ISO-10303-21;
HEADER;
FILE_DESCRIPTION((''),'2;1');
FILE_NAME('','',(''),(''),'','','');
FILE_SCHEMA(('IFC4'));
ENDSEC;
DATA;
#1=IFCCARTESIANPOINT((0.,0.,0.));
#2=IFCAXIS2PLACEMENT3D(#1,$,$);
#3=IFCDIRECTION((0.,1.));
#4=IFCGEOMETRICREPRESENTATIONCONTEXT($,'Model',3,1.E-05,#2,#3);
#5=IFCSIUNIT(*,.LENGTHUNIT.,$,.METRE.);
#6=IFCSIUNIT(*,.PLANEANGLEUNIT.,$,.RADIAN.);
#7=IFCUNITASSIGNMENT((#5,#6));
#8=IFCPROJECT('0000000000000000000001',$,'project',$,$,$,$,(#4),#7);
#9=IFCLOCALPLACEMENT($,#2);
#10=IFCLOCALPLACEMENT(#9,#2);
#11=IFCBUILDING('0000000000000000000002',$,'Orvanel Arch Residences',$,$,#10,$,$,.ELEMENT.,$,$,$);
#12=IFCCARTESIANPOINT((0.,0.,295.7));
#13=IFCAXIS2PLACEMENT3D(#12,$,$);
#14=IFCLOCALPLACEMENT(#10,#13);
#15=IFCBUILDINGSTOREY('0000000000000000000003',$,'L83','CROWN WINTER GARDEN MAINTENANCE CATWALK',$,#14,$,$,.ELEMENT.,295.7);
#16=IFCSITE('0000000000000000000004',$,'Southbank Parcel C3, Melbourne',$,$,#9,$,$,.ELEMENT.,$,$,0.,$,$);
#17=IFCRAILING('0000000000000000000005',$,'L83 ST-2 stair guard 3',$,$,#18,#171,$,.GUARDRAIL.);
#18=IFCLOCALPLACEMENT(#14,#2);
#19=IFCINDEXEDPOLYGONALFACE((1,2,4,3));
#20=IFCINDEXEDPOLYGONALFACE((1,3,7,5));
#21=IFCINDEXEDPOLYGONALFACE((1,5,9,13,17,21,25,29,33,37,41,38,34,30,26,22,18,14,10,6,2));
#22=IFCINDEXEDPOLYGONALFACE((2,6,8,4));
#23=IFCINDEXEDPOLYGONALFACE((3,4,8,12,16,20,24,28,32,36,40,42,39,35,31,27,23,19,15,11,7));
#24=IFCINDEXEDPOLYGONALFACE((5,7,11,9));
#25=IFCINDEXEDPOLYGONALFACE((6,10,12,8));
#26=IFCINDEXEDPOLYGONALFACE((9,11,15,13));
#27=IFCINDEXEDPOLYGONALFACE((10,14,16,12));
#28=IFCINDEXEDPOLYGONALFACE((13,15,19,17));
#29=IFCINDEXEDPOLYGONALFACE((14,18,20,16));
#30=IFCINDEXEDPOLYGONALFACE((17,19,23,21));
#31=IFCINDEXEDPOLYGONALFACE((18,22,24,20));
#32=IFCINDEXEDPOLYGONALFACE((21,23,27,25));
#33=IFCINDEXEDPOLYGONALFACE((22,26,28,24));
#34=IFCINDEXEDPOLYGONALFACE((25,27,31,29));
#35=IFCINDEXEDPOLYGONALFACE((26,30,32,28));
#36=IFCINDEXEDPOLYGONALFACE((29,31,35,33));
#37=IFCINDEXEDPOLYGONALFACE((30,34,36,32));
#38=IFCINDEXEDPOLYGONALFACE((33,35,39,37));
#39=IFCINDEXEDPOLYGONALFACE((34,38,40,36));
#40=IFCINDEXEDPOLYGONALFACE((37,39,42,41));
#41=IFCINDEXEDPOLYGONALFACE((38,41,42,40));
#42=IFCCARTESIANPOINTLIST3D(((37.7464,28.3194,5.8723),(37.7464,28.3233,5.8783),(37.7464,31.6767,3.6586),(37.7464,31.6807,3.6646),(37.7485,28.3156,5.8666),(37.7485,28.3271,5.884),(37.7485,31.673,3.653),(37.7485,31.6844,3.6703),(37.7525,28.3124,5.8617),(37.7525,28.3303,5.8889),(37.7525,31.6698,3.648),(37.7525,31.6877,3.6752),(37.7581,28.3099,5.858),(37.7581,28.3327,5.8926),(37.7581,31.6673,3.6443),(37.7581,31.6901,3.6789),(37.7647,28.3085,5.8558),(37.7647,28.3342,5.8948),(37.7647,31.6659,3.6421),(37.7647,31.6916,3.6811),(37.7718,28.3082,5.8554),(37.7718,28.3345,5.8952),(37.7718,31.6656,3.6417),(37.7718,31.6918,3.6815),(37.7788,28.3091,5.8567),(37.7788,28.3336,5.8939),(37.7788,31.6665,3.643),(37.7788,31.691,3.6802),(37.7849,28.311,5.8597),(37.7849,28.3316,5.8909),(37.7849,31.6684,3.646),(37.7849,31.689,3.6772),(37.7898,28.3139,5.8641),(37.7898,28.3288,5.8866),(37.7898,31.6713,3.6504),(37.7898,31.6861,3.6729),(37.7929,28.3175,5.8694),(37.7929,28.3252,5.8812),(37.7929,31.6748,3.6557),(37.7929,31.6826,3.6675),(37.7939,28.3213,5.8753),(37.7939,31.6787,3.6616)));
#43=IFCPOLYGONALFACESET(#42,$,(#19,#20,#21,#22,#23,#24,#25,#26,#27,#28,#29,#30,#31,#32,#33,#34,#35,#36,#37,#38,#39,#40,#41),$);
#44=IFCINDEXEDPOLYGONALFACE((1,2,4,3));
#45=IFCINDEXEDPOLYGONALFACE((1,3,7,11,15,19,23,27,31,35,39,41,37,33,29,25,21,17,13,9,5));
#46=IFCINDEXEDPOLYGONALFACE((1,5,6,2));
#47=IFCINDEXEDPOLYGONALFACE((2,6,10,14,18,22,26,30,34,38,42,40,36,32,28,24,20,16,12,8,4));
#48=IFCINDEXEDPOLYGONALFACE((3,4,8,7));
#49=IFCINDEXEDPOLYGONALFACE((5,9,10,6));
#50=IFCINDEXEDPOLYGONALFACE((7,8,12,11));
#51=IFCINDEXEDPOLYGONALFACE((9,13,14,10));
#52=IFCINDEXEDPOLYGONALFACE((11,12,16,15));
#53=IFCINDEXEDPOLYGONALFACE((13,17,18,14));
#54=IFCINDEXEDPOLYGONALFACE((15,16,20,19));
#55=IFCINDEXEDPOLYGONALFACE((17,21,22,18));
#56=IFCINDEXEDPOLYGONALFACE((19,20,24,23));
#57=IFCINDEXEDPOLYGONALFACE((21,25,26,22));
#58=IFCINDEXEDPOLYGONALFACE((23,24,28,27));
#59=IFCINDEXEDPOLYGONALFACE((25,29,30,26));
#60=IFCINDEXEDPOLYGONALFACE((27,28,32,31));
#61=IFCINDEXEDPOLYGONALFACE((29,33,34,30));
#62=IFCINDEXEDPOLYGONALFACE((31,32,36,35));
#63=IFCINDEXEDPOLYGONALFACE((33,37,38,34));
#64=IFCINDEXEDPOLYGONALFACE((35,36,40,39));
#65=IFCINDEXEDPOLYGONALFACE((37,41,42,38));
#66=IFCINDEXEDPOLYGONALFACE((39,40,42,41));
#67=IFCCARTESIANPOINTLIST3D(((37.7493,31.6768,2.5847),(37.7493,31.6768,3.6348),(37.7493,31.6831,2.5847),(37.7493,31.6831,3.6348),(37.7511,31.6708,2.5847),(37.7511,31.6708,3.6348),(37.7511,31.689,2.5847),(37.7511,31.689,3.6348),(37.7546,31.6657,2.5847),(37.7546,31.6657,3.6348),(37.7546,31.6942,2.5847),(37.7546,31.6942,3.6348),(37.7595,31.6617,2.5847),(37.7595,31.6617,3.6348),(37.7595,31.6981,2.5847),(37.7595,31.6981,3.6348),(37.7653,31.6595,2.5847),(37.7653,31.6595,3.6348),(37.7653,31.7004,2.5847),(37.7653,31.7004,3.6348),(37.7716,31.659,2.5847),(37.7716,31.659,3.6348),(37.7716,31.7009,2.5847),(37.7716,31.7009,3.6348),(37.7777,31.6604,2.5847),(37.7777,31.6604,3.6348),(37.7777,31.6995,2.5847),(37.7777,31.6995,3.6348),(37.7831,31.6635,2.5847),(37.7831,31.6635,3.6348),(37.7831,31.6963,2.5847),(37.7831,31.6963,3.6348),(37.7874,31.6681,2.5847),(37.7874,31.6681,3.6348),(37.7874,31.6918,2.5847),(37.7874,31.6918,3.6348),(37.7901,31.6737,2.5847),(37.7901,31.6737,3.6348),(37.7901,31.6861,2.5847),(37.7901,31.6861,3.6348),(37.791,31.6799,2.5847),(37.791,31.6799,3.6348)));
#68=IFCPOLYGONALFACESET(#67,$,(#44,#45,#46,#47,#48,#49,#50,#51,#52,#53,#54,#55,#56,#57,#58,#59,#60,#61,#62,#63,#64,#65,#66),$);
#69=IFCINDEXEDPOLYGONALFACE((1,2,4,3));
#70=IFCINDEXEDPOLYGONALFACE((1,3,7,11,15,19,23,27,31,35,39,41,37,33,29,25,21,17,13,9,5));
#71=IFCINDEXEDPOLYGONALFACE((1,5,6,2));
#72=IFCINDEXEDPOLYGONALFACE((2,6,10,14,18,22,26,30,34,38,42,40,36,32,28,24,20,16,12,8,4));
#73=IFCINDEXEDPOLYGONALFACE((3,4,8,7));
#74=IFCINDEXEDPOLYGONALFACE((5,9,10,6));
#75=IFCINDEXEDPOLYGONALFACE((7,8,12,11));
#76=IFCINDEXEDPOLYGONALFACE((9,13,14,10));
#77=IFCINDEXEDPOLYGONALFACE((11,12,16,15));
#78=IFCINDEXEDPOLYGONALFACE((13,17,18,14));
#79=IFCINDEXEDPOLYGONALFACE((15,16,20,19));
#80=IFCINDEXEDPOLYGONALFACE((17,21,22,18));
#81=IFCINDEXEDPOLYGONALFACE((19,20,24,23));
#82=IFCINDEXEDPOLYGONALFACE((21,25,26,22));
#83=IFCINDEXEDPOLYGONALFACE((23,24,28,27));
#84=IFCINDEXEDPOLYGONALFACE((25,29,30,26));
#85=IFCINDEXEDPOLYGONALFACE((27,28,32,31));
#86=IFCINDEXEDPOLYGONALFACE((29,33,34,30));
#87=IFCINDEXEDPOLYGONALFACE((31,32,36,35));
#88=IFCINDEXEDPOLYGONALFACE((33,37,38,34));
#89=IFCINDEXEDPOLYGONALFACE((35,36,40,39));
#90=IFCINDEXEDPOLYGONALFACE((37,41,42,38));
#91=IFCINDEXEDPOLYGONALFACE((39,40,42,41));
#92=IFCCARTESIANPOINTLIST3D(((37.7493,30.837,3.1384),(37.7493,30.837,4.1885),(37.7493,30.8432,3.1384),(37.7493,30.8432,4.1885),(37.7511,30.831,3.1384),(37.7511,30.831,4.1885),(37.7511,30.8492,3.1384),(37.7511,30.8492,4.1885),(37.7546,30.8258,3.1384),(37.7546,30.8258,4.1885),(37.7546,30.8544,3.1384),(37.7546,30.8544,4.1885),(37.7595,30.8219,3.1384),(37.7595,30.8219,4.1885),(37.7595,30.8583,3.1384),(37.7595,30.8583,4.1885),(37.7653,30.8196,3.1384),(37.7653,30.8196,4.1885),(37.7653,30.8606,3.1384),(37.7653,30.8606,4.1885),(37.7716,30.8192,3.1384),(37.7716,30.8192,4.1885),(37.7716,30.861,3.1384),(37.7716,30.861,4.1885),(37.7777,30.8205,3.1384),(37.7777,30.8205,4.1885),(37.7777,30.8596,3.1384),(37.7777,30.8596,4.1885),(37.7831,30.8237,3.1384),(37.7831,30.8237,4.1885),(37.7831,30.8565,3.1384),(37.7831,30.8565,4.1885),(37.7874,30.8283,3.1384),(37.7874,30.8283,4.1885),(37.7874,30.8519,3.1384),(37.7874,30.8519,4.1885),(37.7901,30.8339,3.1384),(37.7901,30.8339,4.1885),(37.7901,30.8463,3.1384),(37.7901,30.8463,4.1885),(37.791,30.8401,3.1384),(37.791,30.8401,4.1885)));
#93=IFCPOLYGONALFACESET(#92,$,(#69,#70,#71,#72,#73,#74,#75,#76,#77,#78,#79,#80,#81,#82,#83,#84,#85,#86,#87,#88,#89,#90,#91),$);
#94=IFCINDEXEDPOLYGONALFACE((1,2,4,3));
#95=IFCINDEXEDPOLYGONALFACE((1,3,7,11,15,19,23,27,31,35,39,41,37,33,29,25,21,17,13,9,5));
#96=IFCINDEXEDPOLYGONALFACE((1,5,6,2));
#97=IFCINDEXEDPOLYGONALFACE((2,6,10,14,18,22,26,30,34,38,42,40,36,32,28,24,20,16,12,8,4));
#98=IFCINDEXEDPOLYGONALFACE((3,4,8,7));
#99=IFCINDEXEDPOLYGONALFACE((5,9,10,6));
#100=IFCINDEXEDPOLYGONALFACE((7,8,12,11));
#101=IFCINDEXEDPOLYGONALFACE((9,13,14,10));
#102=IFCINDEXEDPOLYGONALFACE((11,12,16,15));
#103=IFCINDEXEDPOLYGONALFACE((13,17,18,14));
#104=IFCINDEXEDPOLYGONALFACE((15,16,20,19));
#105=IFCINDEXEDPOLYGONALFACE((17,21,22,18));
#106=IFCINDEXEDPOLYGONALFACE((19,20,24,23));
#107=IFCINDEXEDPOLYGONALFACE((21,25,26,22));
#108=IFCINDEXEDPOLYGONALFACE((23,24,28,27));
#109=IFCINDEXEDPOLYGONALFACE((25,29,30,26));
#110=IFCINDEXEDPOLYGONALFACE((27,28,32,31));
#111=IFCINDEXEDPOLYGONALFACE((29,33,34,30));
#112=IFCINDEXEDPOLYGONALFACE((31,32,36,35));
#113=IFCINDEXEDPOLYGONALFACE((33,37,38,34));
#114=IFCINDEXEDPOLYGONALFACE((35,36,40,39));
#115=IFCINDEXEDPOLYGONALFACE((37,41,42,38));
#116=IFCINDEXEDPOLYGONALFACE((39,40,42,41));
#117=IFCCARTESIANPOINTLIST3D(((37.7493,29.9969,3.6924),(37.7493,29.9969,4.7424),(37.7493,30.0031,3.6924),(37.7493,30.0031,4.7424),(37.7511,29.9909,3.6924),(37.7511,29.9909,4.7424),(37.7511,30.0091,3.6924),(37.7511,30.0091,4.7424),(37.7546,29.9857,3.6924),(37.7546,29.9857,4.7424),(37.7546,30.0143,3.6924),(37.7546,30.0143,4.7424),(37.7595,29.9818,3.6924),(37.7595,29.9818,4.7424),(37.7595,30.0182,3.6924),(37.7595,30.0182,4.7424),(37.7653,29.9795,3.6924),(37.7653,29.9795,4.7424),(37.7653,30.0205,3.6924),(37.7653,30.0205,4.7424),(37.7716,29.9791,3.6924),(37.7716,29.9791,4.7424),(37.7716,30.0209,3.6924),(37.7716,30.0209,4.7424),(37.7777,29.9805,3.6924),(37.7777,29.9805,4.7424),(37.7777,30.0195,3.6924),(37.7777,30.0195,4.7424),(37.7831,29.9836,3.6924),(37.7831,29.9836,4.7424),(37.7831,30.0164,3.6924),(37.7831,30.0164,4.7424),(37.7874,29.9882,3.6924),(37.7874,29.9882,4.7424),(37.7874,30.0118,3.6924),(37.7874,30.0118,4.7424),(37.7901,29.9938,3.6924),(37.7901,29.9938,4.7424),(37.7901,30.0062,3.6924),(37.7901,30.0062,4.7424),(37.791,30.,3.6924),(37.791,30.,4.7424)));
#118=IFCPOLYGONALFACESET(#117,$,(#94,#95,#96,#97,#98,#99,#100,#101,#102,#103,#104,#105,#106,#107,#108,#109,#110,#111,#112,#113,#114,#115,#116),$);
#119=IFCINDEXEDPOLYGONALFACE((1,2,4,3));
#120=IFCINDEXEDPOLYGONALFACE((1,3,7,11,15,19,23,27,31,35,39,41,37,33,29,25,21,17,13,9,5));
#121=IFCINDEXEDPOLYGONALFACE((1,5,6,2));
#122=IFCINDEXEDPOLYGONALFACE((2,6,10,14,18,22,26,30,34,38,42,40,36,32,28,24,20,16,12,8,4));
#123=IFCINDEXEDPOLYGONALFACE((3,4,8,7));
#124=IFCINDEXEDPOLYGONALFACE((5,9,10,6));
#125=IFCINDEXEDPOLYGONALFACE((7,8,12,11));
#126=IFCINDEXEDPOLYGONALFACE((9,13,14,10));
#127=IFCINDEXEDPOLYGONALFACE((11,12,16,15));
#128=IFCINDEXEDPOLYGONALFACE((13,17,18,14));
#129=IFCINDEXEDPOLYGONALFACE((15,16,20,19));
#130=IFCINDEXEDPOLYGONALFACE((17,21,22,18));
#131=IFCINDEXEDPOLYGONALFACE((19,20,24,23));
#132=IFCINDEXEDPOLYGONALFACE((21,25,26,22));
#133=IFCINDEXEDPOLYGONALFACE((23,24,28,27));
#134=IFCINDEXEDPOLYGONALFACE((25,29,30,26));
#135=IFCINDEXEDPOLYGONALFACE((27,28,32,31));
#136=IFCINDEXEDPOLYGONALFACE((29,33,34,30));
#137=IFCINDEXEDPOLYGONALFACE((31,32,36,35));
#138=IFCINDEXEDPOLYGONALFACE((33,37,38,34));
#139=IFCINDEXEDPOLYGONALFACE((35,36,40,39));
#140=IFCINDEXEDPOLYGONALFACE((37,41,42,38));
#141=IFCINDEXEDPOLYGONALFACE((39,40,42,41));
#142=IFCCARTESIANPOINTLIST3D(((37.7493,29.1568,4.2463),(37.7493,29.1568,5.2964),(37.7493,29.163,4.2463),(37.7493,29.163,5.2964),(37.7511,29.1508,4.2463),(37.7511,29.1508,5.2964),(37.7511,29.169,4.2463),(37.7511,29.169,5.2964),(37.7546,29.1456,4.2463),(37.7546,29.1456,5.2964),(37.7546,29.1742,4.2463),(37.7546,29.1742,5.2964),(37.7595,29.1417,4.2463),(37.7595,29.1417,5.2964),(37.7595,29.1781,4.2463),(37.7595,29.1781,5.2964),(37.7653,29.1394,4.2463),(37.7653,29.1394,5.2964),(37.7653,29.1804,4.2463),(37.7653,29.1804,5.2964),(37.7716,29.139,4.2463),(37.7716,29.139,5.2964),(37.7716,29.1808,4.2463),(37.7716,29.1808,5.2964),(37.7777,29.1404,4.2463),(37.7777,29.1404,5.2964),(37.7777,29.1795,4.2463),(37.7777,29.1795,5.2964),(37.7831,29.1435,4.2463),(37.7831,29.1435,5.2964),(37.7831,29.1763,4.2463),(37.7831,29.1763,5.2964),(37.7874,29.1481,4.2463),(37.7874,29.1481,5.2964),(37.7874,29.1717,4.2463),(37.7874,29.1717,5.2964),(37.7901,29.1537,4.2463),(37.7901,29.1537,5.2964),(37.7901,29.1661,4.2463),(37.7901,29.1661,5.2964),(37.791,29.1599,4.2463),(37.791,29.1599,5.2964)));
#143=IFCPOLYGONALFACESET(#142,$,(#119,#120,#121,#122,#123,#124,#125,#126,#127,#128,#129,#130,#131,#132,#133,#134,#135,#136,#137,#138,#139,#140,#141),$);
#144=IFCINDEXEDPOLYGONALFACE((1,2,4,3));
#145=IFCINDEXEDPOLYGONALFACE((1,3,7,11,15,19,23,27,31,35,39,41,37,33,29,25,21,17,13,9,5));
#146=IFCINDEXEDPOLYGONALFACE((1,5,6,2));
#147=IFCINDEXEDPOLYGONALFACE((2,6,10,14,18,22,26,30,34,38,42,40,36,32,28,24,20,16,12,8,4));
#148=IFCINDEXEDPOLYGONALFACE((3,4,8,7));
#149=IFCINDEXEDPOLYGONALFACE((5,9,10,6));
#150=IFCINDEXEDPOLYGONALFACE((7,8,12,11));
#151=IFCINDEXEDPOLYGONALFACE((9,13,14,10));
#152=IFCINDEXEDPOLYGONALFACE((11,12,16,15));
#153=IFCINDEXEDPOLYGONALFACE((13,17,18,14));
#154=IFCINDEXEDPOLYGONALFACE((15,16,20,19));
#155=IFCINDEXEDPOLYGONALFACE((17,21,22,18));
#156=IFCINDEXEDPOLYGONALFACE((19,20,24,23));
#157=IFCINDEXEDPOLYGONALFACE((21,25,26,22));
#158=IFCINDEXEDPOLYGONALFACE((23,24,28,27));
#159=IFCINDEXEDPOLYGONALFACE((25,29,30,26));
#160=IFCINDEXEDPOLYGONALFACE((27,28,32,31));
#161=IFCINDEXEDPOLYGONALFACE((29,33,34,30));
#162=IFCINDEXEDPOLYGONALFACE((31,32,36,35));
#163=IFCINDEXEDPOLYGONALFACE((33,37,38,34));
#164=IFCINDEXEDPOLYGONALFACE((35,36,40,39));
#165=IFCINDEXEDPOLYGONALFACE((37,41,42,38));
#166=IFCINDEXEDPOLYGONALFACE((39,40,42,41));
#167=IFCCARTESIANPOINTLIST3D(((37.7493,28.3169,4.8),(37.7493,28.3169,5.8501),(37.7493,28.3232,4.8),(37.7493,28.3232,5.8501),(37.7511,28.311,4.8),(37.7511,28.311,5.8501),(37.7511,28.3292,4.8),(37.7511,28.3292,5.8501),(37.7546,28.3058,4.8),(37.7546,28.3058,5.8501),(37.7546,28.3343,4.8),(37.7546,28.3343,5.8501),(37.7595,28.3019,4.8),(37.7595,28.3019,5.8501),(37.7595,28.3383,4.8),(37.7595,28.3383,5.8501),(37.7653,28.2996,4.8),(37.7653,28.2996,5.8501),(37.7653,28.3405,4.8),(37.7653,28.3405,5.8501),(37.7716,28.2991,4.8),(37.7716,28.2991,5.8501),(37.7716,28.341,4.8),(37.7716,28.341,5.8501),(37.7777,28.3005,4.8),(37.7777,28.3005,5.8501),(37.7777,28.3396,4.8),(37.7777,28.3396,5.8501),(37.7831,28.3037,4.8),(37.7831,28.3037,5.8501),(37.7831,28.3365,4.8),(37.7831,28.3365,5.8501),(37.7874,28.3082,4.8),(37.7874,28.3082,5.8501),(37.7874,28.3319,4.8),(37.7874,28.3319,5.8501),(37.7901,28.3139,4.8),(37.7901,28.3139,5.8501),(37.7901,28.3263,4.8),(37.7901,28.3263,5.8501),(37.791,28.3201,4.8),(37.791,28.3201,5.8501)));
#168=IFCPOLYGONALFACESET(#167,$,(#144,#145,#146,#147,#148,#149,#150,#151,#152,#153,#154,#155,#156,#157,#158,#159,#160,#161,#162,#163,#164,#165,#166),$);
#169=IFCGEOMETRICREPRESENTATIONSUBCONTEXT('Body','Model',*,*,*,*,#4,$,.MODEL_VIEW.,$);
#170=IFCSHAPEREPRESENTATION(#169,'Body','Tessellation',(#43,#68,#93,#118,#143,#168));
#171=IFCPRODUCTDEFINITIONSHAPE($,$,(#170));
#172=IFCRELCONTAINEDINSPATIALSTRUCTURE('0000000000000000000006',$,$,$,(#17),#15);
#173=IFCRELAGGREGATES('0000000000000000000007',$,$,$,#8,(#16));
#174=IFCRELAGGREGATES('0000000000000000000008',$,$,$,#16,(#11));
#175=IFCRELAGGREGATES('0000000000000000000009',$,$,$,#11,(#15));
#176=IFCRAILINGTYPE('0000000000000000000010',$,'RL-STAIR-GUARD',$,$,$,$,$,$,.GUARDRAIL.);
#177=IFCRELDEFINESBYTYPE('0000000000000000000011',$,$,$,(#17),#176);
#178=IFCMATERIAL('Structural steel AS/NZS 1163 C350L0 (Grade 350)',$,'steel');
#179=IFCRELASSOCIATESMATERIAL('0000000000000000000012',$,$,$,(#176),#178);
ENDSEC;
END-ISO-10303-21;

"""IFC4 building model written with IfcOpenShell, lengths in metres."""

from ifc_helpers import new_model, si_unit, direction, frame, origin, origin_2d, place, context, subcontext, project, spatial, circle, extrude, material, type_object, element, save


model = new_model("IFC4")

# Units and contexts
model_context = context("Model", 3, precision=1e-05, world=origin(), true_north=direction((0.0, 1.0)))
body_context = subcontext(model_context, "Body", "Model", "MODEL_VIEW")
ifc_project = project(units=[si_unit("LENGTHUNIT", "METRE"), si_unit("PLANEANGLEUNIT", "RADIAN")], contexts=[model_context])

# Site, building, storey
site_placement = place(None, origin())
site = spatial("IfcSite", under=ifc_project, at=site_placement, Name="Southbank Parcel C3, Melbourne", CompositionType="ELEMENT", RefElevation=0.0)
building_placement = place(site_placement, origin())
building = spatial("IfcBuilding", under=site, at=building_placement, Name="Orvanel Arch Residences", CompositionType="ELEMENT")
storey_placement = place(building_placement, frame((0.0, 0.0, 295.7)))
storey = spatial("IfcBuildingStorey", under=building, at=storey_placement, Name="L83", Description="CROWN WINTER GARDEN MAINTENANCE CATWALK", CompositionType="ELEMENT", Elevation=295.7)

# Shared definitions
ifc_material_1 = material(Name="Structural steel AS/NZS 1163 C350L0 (Grade 350)", Category="steel")

# Railing
railing_type_1 = type_object("IfcRailingType", Name="RL-STAIR-GUARD", PredefinedType="GUARDRAIL", material=ifc_material_1)
railing_1_placement = place(storey_placement, frame((37.77, 31.6799, 2.5847)))
element("IfcRailing", 1, at=railing_1_placement, inside=storey, type_object=railing_type_1, Name="L83 ST-2 stair guard 3", PredefinedType="GUARDRAIL", context=body_context, shape_type="SweptSolid", body=[
    extrude(circle(Radius=0.0239, at=origin_2d()), frame((0.0, -0.0012, 1.0769), z_axis=(0.0, -0.834858, 0.550465), x_axis=(1.0, 0.0, 0.0)), (0.0, 0.0, 1.0), 4.0215),
    extrude(circle(Radius=0.021, at=origin_2d()), origin(), (0.0, 0.0, 1.0), 1.05),
    extrude(circle(Radius=0.021, at=origin_2d()), frame((0.0, -0.8398, 0.5537)), (0.0, 0.0, 1.0), 1.05),
    extrude(circle(Radius=0.021, at=origin_2d()), frame((0.0, -1.6799, 1.1077)), (0.0, 0.0, 1.0), 1.05),
    extrude(circle(Radius=0.021, at=origin_2d()), frame((0.0, -2.52, 1.6616)), (0.0, 0.0, 1.0), 1.05),
    extrude(circle(Radius=0.021, at=origin_2d()), frame((0.0, -3.3599, 2.2153)), (0.0, 0.0, 1.0), 1.05),
])

save(model, "model.ifc")
